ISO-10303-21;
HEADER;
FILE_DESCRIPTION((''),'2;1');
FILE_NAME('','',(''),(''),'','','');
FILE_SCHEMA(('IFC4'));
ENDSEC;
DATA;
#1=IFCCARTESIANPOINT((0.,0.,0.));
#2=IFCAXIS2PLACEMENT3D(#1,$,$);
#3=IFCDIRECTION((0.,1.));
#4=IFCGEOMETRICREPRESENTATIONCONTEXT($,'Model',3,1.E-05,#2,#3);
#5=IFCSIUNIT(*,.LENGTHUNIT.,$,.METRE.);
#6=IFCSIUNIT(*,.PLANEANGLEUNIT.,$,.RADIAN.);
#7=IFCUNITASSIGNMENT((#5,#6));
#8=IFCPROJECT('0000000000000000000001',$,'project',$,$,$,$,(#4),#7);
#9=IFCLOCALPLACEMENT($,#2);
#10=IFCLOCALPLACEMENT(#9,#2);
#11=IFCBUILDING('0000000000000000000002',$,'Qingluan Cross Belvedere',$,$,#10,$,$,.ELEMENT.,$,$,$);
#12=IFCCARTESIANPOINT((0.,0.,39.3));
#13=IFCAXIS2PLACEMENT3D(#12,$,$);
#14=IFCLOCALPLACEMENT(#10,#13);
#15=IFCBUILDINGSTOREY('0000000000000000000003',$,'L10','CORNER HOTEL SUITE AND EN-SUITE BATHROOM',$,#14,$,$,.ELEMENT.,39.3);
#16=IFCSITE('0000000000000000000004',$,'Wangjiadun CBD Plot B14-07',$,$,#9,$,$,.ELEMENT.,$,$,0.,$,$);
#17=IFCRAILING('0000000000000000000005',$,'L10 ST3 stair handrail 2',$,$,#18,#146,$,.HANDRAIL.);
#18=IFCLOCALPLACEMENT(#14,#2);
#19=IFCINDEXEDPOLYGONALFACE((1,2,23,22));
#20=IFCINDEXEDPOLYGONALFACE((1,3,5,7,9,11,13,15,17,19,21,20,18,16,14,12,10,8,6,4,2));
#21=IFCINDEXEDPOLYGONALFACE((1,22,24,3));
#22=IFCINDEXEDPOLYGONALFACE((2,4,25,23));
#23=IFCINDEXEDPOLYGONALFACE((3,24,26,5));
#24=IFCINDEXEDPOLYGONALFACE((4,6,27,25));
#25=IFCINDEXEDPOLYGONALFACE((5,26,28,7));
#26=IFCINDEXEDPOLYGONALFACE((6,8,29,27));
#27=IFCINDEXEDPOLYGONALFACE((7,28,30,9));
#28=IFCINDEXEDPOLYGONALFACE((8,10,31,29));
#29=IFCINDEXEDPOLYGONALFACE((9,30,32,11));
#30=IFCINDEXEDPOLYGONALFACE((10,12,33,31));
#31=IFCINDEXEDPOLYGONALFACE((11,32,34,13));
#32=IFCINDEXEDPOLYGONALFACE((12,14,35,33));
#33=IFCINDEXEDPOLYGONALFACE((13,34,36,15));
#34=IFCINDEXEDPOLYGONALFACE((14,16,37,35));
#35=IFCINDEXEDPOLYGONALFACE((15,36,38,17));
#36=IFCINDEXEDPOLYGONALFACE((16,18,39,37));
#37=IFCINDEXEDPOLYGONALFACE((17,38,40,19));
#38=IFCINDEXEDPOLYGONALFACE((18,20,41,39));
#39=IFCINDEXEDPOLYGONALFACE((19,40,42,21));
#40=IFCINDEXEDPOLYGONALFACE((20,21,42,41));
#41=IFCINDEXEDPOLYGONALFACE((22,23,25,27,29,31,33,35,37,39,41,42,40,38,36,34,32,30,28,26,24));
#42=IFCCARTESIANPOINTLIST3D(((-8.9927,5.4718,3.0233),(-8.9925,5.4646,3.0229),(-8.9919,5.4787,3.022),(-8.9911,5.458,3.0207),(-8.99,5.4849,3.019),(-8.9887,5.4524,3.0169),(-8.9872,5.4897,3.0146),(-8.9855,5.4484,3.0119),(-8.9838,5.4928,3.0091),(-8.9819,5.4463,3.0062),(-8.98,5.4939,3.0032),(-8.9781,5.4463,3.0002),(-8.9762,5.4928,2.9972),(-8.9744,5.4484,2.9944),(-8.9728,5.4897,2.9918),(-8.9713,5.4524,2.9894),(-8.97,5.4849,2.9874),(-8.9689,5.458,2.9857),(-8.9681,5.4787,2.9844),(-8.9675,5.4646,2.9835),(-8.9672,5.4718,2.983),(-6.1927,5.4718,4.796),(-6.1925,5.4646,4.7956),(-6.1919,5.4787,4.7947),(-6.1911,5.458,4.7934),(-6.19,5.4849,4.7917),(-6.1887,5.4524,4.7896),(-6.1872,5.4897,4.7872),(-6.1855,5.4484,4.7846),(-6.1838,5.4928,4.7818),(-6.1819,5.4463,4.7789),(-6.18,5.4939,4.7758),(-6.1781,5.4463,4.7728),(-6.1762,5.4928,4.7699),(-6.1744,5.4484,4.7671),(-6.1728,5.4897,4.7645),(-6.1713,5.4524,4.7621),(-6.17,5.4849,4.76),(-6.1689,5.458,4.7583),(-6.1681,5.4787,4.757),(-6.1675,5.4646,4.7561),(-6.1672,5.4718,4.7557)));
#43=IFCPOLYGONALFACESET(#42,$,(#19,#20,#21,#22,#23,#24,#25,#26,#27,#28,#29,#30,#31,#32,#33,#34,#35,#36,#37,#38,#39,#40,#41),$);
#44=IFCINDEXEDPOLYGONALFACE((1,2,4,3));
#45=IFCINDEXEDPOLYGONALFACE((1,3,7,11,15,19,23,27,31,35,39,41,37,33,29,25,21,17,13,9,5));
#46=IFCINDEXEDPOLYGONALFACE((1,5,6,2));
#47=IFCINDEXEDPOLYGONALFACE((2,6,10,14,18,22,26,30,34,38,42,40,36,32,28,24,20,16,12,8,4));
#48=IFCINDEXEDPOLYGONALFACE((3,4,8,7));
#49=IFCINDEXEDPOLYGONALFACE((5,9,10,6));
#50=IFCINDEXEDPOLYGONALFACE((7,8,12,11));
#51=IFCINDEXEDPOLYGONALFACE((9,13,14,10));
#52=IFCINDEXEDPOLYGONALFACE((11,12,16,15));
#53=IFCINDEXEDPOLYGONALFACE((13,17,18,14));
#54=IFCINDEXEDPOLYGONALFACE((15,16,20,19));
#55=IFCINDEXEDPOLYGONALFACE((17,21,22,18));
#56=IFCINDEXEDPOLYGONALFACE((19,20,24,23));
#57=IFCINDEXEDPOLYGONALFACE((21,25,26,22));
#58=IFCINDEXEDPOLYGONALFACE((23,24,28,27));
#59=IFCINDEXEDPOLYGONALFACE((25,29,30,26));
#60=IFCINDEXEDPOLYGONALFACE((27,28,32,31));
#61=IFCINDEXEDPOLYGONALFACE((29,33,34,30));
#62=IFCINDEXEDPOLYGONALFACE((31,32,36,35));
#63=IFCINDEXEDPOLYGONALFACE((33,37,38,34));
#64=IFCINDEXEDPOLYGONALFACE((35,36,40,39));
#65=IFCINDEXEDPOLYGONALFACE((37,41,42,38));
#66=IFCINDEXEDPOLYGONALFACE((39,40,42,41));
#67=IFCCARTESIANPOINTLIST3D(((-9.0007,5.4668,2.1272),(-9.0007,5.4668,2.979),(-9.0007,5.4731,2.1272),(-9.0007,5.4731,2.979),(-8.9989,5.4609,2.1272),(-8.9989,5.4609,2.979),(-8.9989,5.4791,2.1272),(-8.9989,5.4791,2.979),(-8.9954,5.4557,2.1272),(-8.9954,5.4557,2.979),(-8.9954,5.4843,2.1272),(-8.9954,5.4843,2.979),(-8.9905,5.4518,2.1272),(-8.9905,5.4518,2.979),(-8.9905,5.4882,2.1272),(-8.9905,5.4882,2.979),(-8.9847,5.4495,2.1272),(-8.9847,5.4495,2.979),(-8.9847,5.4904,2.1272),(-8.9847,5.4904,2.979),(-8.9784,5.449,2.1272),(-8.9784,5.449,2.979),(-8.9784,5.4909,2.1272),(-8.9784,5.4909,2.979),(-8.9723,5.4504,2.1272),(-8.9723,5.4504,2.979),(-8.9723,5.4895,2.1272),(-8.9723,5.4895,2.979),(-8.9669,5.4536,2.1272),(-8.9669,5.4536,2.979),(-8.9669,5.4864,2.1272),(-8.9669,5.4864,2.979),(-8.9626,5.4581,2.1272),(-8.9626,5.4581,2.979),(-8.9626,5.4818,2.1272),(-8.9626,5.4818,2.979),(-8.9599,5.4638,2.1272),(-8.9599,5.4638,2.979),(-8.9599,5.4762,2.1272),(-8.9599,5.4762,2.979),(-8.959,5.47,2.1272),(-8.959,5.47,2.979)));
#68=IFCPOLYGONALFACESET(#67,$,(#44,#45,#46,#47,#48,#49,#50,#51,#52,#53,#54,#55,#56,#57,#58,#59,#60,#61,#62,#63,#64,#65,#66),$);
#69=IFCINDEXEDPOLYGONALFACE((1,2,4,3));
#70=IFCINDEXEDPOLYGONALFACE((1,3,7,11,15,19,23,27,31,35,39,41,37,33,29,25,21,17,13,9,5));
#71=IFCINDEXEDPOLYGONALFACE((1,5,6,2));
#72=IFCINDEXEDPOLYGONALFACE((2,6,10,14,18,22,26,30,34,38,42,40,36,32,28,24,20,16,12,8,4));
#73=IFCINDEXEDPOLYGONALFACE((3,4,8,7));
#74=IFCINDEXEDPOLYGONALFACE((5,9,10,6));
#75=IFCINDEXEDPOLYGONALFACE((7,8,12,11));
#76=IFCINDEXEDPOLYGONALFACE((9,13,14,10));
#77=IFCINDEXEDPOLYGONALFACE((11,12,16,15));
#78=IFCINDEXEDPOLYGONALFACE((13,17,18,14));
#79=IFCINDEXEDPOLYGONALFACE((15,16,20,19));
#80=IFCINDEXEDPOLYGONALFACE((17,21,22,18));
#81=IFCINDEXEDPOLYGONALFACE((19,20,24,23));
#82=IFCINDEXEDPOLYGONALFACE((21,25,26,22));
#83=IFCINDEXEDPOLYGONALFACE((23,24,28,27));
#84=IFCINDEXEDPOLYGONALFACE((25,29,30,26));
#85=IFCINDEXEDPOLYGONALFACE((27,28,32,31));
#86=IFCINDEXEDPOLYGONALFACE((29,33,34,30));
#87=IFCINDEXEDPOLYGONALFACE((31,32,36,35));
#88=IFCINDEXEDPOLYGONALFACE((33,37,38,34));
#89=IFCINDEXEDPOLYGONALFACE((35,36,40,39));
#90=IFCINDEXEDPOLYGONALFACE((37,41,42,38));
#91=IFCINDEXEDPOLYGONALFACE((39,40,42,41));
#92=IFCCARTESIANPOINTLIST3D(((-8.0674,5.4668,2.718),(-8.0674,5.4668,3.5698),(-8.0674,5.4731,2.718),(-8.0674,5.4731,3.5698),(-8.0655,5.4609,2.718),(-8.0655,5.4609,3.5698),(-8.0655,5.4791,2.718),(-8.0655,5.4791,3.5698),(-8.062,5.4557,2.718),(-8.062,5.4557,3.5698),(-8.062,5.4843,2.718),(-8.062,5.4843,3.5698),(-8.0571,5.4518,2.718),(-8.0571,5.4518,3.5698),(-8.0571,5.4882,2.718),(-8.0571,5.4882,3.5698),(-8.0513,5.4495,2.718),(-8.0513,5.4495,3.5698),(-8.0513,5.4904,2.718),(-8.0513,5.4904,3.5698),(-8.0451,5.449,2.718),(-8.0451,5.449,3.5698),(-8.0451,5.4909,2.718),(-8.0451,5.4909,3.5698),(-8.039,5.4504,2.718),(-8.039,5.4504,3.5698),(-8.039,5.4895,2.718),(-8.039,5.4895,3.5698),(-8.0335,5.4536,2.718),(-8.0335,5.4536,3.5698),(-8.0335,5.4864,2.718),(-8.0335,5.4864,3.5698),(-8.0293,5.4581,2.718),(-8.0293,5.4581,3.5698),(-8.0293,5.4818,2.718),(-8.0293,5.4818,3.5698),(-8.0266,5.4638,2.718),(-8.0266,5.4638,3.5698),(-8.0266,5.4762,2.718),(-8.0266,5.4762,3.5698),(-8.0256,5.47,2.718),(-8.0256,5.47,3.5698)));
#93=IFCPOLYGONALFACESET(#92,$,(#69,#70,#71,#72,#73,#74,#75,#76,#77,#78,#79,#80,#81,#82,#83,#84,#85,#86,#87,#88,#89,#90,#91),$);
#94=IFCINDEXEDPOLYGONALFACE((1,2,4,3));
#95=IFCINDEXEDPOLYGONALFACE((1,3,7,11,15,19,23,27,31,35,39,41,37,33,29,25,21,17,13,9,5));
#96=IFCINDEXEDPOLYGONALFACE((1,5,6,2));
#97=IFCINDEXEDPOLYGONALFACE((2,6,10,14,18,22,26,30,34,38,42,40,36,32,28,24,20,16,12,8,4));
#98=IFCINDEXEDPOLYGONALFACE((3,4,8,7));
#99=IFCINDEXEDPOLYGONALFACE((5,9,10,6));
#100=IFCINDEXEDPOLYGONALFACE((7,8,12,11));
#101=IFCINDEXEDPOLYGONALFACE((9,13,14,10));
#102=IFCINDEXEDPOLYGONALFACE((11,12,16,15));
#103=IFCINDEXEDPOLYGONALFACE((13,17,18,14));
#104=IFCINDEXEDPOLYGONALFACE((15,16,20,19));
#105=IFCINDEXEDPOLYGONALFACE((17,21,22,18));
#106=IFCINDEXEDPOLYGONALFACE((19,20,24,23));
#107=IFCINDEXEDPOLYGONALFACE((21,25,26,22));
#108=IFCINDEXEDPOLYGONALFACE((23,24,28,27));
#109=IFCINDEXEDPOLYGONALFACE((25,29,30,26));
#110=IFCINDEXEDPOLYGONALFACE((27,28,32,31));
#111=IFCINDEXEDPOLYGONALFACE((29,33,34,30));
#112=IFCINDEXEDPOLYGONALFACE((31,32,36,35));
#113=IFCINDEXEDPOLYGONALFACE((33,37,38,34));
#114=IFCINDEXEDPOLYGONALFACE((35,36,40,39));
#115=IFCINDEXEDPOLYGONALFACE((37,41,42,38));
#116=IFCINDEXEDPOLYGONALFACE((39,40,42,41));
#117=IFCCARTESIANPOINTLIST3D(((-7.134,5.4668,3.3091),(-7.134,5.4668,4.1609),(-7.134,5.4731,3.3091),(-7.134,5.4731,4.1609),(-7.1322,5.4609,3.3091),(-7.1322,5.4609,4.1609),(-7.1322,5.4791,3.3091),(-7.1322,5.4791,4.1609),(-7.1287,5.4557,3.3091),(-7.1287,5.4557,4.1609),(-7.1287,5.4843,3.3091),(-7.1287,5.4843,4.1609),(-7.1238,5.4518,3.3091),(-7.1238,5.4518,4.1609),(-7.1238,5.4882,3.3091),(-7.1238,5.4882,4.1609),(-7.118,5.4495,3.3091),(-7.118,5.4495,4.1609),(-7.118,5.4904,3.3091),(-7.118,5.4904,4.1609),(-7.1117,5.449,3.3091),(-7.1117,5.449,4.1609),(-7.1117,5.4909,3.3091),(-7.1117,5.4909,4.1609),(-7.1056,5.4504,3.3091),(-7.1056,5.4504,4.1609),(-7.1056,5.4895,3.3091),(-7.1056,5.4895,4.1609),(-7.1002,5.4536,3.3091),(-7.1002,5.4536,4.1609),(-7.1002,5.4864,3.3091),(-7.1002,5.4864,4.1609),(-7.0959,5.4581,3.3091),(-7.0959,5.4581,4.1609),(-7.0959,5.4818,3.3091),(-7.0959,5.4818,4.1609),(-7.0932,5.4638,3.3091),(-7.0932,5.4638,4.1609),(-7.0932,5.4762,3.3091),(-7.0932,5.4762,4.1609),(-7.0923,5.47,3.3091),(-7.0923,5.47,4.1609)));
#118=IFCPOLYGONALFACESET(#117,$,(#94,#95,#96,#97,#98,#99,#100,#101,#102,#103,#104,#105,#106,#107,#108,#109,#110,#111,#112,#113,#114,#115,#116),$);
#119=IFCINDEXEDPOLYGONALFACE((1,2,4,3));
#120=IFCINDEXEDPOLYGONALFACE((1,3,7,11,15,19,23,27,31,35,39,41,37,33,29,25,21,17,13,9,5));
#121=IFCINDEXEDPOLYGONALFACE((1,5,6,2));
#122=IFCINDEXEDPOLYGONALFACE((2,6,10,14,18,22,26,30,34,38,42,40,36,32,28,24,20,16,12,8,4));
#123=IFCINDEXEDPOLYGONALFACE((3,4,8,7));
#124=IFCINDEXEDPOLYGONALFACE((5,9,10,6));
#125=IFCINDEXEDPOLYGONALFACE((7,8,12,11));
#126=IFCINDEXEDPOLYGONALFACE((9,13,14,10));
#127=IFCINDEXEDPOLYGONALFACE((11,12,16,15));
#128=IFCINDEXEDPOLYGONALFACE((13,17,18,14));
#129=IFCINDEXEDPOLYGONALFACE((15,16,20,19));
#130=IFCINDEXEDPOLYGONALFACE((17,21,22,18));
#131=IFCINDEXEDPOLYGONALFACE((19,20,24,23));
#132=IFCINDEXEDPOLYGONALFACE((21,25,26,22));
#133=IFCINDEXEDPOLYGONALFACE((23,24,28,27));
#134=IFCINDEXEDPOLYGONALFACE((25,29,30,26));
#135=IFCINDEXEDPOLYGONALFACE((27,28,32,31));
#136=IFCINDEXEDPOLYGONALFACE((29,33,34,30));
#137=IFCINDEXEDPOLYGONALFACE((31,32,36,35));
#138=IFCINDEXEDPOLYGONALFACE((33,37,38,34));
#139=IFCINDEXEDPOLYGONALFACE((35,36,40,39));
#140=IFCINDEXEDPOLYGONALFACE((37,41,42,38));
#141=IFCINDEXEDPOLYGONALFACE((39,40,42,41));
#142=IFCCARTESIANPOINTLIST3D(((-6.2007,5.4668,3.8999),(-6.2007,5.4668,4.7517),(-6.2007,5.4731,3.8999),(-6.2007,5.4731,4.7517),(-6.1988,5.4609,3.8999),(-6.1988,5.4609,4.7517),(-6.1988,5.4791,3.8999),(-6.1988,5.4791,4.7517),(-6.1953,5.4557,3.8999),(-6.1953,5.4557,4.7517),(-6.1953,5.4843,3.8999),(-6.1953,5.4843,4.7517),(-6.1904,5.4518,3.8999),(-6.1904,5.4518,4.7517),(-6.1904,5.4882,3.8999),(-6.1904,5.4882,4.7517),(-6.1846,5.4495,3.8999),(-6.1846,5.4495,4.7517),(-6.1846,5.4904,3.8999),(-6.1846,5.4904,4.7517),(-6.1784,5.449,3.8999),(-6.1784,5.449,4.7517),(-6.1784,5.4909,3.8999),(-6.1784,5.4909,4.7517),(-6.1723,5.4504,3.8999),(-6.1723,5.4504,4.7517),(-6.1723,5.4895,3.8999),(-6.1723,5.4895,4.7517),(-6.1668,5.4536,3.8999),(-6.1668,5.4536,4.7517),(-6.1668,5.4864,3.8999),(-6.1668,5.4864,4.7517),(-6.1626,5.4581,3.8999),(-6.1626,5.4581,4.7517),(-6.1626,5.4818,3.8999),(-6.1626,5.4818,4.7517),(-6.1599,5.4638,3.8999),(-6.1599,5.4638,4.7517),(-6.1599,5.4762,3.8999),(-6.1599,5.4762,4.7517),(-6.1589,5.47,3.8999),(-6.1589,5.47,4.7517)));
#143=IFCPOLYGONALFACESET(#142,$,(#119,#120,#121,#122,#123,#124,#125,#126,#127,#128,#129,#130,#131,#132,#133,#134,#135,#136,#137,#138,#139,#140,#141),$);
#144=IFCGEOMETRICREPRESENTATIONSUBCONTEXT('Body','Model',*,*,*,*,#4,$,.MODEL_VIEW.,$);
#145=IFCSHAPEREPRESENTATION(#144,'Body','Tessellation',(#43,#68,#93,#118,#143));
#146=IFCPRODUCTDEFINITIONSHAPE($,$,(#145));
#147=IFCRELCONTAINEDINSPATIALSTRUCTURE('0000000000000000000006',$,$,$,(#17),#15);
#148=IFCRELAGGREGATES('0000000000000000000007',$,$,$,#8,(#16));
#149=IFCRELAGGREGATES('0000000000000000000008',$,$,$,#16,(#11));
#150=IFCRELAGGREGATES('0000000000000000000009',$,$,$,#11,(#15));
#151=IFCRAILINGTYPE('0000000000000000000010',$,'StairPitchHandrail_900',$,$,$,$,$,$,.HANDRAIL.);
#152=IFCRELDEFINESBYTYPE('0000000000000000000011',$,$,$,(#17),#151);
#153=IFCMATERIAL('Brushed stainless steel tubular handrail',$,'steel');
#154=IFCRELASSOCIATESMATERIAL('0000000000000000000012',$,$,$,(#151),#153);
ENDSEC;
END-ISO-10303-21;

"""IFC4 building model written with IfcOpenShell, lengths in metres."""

from ifc_helpers import new_model, si_unit, direction, frame, origin, origin_2d, place, context, subcontext, project, spatial, circle, extrude, material, type_object, element, save


model = new_model("IFC4")

# Units and contexts
model_context = context("Model", 3, precision=1e-05, world=origin(), true_north=direction((0.0, 1.0)))
body_context = subcontext(model_context, "Body", "Model", "MODEL_VIEW")
ifc_project = project(units=[si_unit("LENGTHUNIT", "METRE"), si_unit("PLANEANGLEUNIT", "RADIAN")], contexts=[model_context])

# Site, building, storey
site_placement = place(None, origin())
site = spatial("IfcSite", under=ifc_project, at=site_placement, Name="Wangjiadun CBD Plot B14-07", CompositionType="ELEMENT", RefElevation=0.0)
building_placement = place(site_placement, origin())
building = spatial("IfcBuilding", under=site, at=building_placement, Name="Qingluan Cross Belvedere", CompositionType="ELEMENT")
storey_placement = place(building_placement, frame((0.0, 0.0, 39.3)))
storey = spatial("IfcBuildingStorey", under=building, at=storey_placement, Name="L10", Description="CORNER HOTEL SUITE AND EN-SUITE BATHROOM", CompositionType="ELEMENT", Elevation=39.3)

# Railing
ifc_material_1 = material(Name="Brushed stainless steel tubular handrail", Category="steel")
railing_type_1 = type_object("IfcRailingType", Name="StairPitchHandrail_900", PredefinedType="HANDRAIL", material=ifc_material_1)
railing_1_placement = place(storey_placement, frame((-8.98, 5.47, 2.1272)))
element("IfcRailing", 1, at=railing_1_placement, inside=storey, type_object=railing_type_1, Name="L10 ST3 stair handrail 2", PredefinedType="HANDRAIL", context=body_context, shape_type="SweptSolid", body=[
    extrude(circle(Radius=0.0239, at=origin_2d()), frame((0.0, 0.0, 0.876), z_axis=(0.844909, 0.0, 0.53491), x_axis=(0.0, 1.0, 0.0)), (0.0, 0.0, 1.0), 3.314),
    extrude(circle(Radius=0.021, at=origin_2d()), origin(), (0.0, 0.0, 1.0), 0.8518),
    extrude(circle(Radius=0.021, at=origin_2d()), frame((0.9333, 0.0, 0.5908)), (0.0, 0.0, 1.0), 0.8518),
    extrude(circle(Radius=0.021, at=origin_2d()), frame((1.8667, 0.0, 1.1819)), (0.0, 0.0, 1.0), 0.8518),
    extrude(circle(Radius=0.021, at=origin_2d()), frame((2.8, 0.0, 1.7727)), (0.0, 0.0, 1.0), 0.8518),
])

save(model, "model.ifc")
